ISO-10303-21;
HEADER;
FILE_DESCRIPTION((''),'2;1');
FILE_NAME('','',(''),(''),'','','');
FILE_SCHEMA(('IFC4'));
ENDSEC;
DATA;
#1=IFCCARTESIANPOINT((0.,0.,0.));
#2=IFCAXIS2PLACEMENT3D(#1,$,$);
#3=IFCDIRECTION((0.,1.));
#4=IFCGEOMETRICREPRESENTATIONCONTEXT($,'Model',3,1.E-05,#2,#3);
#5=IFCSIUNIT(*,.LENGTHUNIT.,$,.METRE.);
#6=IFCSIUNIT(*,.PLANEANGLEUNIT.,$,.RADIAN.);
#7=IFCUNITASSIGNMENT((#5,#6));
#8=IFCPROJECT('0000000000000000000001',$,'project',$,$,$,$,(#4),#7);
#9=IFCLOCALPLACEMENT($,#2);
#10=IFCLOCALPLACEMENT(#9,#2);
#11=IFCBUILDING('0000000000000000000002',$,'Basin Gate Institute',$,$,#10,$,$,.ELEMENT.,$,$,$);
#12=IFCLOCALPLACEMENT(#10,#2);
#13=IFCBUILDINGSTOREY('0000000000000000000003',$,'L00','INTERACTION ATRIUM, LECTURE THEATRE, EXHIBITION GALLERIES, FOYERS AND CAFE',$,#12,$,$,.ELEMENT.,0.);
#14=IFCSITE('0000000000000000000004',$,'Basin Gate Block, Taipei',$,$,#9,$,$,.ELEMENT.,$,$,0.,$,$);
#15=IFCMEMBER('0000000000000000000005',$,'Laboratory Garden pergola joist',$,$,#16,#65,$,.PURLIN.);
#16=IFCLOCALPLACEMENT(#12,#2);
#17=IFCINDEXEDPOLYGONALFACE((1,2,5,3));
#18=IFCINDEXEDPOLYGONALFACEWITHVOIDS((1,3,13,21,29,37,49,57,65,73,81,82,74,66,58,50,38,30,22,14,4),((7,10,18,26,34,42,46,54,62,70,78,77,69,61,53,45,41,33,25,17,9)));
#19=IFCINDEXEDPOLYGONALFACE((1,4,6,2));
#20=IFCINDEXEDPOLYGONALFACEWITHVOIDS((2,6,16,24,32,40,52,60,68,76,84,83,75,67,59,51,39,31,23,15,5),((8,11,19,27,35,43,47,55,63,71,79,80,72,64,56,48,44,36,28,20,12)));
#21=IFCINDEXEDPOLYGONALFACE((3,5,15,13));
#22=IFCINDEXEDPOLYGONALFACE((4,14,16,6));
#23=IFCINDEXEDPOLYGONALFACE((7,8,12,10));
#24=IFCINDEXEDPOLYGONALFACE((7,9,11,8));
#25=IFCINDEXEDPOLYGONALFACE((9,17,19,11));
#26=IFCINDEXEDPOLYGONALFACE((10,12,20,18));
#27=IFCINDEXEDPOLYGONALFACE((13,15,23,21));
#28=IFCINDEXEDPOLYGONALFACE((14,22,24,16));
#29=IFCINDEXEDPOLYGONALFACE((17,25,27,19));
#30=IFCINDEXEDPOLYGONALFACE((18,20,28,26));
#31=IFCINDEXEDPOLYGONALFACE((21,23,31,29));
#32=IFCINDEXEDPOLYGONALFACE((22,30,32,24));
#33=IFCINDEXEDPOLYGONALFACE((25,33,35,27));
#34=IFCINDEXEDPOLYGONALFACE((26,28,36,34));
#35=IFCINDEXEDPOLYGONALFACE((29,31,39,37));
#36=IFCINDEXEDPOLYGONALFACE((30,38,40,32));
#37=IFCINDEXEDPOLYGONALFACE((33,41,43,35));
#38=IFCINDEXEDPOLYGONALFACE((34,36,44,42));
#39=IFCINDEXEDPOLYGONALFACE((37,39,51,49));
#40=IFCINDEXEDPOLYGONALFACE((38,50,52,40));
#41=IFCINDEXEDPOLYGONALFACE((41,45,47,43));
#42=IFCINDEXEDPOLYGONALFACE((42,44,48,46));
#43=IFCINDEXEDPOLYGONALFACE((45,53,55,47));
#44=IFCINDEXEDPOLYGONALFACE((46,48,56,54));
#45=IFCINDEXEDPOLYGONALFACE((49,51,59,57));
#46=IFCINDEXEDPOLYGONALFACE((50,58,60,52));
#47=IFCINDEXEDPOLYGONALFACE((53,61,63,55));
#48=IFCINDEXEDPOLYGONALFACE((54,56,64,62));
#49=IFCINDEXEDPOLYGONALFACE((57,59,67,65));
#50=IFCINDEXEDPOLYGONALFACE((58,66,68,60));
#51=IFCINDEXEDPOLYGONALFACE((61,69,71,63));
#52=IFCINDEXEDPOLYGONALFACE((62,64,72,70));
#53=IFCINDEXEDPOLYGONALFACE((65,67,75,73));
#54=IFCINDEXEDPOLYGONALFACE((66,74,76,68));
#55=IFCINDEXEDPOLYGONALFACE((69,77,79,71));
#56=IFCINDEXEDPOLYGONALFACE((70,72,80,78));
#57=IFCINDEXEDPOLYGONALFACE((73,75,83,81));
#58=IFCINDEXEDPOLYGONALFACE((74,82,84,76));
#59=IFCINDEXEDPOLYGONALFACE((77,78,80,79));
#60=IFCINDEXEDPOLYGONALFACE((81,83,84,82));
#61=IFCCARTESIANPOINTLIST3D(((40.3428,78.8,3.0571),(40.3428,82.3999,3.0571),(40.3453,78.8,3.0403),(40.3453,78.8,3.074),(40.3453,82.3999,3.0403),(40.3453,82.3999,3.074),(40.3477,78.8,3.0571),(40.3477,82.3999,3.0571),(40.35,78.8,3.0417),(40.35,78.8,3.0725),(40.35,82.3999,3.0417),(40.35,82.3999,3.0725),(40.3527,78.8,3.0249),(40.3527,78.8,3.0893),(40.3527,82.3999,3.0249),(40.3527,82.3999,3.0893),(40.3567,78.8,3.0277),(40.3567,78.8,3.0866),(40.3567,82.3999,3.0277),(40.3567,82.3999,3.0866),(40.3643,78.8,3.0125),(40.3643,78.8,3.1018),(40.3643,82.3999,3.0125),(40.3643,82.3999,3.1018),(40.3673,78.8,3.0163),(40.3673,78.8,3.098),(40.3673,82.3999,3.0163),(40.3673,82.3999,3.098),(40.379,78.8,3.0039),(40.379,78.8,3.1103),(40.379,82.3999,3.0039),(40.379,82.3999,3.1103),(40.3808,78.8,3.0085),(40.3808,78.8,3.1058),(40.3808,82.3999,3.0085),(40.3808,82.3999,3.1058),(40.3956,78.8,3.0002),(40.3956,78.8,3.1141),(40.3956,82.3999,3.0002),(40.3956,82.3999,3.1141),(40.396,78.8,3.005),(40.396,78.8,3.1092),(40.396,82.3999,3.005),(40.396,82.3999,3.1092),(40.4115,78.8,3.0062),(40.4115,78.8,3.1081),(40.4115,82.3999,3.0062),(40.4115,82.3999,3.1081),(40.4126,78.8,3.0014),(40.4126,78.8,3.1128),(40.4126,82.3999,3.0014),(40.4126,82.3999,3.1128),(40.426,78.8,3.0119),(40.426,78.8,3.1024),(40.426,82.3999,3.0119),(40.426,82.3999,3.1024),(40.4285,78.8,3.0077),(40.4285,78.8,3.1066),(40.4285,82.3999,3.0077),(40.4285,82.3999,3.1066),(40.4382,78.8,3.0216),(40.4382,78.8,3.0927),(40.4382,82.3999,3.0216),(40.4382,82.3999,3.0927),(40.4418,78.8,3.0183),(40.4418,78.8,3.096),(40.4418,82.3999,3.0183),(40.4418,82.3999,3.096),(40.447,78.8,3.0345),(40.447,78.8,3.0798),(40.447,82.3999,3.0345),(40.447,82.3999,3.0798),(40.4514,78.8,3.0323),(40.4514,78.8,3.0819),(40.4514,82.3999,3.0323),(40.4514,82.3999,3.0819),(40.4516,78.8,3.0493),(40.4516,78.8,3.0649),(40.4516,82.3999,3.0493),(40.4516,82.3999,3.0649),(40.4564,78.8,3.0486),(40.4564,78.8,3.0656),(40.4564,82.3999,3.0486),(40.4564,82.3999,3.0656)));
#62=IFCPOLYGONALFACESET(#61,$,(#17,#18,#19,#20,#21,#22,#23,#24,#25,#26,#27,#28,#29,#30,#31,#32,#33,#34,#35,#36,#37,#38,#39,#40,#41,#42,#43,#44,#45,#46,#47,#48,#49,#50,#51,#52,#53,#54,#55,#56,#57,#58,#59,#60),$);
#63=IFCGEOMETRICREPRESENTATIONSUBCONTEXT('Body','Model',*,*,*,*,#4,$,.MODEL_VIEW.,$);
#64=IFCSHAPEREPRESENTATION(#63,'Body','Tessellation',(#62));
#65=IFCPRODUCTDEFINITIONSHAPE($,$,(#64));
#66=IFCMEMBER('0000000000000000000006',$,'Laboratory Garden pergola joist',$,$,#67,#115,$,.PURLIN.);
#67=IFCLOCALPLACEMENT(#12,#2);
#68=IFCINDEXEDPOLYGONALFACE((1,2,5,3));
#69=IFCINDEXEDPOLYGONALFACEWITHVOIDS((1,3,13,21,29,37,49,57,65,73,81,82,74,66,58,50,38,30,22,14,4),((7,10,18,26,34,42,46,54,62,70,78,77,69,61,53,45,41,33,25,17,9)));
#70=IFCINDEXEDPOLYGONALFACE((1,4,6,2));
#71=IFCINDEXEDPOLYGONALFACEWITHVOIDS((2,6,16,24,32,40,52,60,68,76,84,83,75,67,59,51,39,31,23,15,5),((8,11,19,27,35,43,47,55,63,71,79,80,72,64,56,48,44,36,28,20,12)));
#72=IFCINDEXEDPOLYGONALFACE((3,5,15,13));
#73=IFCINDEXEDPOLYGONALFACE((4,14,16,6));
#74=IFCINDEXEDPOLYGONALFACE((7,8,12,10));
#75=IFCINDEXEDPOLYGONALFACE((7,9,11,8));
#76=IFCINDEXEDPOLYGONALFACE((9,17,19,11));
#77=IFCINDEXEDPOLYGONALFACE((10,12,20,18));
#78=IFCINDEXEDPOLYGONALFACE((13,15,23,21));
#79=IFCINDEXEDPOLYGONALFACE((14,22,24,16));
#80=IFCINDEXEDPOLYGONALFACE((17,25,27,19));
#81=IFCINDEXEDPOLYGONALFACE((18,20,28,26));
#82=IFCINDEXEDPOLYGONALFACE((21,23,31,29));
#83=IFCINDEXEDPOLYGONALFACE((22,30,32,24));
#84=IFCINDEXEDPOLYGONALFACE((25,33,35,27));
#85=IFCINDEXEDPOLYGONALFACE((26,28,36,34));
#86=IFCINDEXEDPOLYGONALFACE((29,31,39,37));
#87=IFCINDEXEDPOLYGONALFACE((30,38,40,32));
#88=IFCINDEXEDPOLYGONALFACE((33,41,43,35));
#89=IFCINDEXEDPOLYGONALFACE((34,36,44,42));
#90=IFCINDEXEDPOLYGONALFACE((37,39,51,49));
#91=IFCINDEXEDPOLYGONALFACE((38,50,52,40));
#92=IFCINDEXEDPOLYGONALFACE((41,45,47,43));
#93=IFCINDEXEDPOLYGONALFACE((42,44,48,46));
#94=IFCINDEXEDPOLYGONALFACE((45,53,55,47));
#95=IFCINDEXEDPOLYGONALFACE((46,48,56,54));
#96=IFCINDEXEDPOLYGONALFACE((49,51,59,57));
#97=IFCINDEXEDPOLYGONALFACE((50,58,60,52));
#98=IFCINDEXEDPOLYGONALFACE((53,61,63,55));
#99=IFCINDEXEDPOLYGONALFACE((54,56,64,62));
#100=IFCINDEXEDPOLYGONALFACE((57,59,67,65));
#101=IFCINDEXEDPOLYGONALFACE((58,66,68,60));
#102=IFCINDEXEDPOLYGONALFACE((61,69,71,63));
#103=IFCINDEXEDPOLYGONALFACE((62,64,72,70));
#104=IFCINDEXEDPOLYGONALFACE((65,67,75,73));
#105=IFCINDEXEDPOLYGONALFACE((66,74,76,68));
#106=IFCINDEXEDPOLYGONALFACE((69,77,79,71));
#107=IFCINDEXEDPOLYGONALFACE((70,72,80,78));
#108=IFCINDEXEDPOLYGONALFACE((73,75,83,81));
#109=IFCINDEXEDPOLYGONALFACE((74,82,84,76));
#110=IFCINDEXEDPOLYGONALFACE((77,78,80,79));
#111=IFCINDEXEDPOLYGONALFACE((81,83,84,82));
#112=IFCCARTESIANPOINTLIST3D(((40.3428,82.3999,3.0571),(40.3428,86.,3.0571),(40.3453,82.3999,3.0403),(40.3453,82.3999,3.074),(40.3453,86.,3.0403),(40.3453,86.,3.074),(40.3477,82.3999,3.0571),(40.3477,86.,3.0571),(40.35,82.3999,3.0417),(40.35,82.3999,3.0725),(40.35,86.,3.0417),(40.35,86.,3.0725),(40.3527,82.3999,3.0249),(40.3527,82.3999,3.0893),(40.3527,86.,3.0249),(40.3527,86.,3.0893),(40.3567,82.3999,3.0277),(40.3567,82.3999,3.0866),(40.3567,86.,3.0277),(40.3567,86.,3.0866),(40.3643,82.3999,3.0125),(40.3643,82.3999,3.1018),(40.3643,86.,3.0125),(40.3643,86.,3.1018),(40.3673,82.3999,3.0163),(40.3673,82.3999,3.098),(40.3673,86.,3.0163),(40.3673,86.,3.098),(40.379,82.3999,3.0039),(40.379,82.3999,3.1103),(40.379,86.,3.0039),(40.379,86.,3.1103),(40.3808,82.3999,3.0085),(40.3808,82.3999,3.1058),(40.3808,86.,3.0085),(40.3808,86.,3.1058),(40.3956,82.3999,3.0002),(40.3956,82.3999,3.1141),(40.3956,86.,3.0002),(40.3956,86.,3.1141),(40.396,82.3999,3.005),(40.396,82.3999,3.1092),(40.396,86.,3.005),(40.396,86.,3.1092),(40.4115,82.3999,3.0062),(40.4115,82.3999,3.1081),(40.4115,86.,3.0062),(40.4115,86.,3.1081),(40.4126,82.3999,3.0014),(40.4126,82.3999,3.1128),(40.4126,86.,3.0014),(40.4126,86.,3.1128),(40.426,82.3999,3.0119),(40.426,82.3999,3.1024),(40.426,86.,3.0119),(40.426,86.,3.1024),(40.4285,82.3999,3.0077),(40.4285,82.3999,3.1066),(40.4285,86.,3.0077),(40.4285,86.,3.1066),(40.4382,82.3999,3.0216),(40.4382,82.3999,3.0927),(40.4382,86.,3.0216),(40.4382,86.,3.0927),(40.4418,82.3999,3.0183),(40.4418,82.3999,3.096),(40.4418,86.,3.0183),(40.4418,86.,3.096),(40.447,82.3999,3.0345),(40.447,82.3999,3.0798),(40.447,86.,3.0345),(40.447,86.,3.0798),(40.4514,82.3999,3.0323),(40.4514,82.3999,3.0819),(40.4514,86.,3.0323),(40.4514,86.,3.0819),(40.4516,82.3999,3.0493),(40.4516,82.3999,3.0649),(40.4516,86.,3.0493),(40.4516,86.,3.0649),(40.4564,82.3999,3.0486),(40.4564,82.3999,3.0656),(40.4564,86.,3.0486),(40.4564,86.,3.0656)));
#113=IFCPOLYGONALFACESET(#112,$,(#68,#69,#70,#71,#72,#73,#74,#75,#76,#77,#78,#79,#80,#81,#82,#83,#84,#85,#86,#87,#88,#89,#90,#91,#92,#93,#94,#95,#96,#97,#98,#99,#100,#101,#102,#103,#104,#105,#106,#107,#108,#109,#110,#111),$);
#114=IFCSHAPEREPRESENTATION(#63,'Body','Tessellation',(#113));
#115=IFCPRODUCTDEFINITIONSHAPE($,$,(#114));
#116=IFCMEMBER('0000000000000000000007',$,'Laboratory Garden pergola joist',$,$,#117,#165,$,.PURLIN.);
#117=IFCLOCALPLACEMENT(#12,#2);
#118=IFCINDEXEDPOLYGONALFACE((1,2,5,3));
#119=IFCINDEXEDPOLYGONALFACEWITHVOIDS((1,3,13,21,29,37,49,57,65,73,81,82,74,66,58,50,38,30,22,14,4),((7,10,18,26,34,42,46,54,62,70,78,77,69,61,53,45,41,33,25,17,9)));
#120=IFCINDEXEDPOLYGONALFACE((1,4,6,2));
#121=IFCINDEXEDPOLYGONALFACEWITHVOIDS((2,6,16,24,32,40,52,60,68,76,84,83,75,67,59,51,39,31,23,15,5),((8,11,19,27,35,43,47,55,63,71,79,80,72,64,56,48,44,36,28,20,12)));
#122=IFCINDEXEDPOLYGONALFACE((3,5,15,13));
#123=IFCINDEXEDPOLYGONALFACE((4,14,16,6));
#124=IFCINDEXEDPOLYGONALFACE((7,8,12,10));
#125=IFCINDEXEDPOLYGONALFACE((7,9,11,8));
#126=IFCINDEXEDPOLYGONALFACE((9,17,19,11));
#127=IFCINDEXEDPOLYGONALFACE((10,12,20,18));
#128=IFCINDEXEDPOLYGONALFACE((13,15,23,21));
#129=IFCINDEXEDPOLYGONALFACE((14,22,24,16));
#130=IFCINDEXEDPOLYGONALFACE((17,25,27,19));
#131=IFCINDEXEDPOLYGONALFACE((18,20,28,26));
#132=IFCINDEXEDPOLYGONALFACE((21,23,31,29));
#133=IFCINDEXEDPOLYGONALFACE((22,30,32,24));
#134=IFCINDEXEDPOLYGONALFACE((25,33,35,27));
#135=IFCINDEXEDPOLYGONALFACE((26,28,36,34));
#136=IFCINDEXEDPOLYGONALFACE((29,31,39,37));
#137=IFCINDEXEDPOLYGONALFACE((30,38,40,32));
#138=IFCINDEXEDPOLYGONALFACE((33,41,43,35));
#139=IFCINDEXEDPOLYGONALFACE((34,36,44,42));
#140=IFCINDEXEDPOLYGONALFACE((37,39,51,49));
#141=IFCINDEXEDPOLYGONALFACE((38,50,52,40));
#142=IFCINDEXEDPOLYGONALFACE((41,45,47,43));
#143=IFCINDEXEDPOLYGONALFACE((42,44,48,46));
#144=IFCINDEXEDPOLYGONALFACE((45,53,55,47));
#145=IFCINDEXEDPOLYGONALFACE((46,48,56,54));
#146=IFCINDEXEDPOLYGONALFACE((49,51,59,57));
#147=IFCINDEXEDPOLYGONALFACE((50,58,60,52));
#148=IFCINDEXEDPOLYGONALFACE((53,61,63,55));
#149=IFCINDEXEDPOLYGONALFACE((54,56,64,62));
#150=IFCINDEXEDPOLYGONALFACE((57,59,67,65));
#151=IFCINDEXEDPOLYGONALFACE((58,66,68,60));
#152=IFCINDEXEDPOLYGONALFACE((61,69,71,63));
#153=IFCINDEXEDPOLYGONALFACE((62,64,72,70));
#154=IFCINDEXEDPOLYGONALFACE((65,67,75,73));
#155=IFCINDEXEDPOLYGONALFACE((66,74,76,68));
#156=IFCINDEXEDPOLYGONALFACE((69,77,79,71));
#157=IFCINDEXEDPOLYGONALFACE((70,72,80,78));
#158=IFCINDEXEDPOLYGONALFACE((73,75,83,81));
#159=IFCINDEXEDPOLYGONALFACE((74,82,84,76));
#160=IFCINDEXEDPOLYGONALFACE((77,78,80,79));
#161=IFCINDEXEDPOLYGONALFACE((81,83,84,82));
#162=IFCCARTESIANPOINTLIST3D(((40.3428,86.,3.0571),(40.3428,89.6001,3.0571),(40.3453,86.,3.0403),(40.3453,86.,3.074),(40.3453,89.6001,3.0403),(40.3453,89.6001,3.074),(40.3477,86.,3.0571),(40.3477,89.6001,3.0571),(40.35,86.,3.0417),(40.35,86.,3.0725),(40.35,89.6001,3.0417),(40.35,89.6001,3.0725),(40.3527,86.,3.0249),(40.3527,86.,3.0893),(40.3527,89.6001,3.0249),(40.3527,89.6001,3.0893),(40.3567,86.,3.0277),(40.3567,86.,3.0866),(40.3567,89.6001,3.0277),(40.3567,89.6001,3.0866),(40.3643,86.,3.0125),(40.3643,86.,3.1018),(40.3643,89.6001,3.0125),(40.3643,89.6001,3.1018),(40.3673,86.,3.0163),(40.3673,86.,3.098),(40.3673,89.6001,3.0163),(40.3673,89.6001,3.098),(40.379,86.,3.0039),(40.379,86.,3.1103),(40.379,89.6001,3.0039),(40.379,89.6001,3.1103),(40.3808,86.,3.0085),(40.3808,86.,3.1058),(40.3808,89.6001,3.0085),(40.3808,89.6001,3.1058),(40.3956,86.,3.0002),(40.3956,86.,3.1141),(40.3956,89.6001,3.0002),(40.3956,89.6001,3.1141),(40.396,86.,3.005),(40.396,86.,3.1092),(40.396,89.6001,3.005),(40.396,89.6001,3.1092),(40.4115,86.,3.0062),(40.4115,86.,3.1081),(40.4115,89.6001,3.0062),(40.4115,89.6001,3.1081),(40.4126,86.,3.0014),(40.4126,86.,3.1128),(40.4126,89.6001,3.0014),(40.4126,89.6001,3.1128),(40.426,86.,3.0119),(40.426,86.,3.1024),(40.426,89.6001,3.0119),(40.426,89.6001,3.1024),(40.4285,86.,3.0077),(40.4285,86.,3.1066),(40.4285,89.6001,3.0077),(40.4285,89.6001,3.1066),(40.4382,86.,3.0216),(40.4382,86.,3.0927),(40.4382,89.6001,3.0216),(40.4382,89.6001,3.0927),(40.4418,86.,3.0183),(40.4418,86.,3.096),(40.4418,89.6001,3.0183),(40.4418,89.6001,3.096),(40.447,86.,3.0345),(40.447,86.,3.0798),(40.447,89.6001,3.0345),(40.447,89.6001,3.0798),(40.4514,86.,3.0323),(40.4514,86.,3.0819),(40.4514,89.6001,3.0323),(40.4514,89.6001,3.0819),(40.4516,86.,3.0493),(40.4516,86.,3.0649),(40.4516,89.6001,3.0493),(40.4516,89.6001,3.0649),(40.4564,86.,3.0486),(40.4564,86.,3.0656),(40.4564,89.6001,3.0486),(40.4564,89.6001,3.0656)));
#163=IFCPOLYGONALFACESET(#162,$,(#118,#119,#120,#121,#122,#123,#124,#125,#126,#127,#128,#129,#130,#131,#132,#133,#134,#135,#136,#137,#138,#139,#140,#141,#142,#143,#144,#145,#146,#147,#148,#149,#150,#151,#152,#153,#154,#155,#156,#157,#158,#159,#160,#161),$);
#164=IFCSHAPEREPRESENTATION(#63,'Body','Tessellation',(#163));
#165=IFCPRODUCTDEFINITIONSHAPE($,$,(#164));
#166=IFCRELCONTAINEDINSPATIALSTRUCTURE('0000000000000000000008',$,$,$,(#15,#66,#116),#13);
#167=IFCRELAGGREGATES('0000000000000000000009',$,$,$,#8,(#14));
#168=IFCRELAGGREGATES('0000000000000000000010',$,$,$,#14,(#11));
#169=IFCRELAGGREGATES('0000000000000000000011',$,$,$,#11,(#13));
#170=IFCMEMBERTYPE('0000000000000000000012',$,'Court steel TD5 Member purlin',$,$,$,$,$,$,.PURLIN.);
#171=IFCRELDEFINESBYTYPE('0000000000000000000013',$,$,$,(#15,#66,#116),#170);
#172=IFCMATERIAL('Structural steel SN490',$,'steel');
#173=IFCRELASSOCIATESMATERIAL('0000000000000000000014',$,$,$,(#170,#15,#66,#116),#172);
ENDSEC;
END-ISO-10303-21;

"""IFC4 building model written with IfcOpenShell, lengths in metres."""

from ifc_helpers import new_model, si_unit, direction, frame, origin, origin_2d, place, context, subcontext, project, spatial, hollow_circle, extrude, material, material_profile, profile_set, type_object, element, save


model = new_model("IFC4")

# Units and contexts
model_context = context("Model", 3, precision=1e-05, world=origin(), true_north=direction((0.0, 1.0)))
body_context = subcontext(model_context, "Body", "Model", "MODEL_VIEW")
ifc_project = project(units=[si_unit("LENGTHUNIT", "METRE"), si_unit("PLANEANGLEUNIT", "RADIAN")], contexts=[model_context])

# Site, building, storey
site_placement = place(None, origin())
site = spatial("IfcSite", under=ifc_project, at=site_placement, Name="Basin Gate Block, Taipei", CompositionType="ELEMENT", RefElevation=0.0)
building_placement = place(site_placement, origin())
building = spatial("IfcBuilding", under=site, at=building_placement, Name="Basin Gate Institute", CompositionType="ELEMENT")
storey_placement = place(building_placement, origin())
storey = spatial("IfcBuildingStorey", under=building, at=storey_placement, Name="L00", Description="INTERACTION ATRIUM, LECTURE THEATRE, EXHIBITION GALLERIES, FOYERS AND CAFE", CompositionType="ELEMENT", Elevation=0.0)

# Members
ifc_material_1 = material(Name="Structural steel SN490", Category="steel")
ifc_material_profile_1 = material_profile(ifc_material_1, hollow_circle(Radius=0.0571, WallThickness=0.0049, at=origin_2d()), Name="CHS114x5")
ifc_profile_set_1 = profile_set([ifc_material_profile_1], Name="Structural steel SN490")
member_type = type_object("IfcMemberType", Name="Court steel TD5 Member purlin", PredefinedType="PURLIN", material=ifc_profile_set_1)
member_1_placement = place(storey_placement, frame((40.3999, 78.8, 3.0571), z_axis=(0.0, 1.0, 0.0), x_axis=(-1.0, 0.0, 0.0)))
element("IfcMember", 1, at=member_1_placement, inside=storey, type_object=member_type, material=ifc_profile_set_1, Name="Laboratory Garden pergola joist", PredefinedType="PURLIN", context=body_context, shape_type="SweptSolid", body=[
    extrude(hollow_circle(Radius=0.0571, WallThickness=0.0049, at=origin_2d()), origin(), (0.0, 0.0, 1.0), 3.5999),
])
for number, where, z_axis, x_axis, name in (
    (2, (40.3999, 82.3999, 3.0571), (0.0, 1.0, 0.0), (-1.0, 0.0, 0.0), "Laboratory Garden pergola joist"),
    (3, (40.3999, 86.0, 3.0571), (0.0, 1.0, 0.0), (-1.0, 0.0, 0.0), "Laboratory Garden pergola joist"),
):
    element("IfcMember", number, at=place(storey_placement, frame(where, z_axis=z_axis, x_axis=x_axis)), inside=storey, type_object=member_type, material=ifc_profile_set_1, Name=name, PredefinedType="PURLIN", context=body_context, shape_type="SweptSolid", body=[
        extrude(hollow_circle(Radius=0.0571, WallThickness=0.0049, at=origin_2d()), origin(), (0.0, 0.0, 1.0), 3.6001),
    ])

save(model, "model.ifc")
